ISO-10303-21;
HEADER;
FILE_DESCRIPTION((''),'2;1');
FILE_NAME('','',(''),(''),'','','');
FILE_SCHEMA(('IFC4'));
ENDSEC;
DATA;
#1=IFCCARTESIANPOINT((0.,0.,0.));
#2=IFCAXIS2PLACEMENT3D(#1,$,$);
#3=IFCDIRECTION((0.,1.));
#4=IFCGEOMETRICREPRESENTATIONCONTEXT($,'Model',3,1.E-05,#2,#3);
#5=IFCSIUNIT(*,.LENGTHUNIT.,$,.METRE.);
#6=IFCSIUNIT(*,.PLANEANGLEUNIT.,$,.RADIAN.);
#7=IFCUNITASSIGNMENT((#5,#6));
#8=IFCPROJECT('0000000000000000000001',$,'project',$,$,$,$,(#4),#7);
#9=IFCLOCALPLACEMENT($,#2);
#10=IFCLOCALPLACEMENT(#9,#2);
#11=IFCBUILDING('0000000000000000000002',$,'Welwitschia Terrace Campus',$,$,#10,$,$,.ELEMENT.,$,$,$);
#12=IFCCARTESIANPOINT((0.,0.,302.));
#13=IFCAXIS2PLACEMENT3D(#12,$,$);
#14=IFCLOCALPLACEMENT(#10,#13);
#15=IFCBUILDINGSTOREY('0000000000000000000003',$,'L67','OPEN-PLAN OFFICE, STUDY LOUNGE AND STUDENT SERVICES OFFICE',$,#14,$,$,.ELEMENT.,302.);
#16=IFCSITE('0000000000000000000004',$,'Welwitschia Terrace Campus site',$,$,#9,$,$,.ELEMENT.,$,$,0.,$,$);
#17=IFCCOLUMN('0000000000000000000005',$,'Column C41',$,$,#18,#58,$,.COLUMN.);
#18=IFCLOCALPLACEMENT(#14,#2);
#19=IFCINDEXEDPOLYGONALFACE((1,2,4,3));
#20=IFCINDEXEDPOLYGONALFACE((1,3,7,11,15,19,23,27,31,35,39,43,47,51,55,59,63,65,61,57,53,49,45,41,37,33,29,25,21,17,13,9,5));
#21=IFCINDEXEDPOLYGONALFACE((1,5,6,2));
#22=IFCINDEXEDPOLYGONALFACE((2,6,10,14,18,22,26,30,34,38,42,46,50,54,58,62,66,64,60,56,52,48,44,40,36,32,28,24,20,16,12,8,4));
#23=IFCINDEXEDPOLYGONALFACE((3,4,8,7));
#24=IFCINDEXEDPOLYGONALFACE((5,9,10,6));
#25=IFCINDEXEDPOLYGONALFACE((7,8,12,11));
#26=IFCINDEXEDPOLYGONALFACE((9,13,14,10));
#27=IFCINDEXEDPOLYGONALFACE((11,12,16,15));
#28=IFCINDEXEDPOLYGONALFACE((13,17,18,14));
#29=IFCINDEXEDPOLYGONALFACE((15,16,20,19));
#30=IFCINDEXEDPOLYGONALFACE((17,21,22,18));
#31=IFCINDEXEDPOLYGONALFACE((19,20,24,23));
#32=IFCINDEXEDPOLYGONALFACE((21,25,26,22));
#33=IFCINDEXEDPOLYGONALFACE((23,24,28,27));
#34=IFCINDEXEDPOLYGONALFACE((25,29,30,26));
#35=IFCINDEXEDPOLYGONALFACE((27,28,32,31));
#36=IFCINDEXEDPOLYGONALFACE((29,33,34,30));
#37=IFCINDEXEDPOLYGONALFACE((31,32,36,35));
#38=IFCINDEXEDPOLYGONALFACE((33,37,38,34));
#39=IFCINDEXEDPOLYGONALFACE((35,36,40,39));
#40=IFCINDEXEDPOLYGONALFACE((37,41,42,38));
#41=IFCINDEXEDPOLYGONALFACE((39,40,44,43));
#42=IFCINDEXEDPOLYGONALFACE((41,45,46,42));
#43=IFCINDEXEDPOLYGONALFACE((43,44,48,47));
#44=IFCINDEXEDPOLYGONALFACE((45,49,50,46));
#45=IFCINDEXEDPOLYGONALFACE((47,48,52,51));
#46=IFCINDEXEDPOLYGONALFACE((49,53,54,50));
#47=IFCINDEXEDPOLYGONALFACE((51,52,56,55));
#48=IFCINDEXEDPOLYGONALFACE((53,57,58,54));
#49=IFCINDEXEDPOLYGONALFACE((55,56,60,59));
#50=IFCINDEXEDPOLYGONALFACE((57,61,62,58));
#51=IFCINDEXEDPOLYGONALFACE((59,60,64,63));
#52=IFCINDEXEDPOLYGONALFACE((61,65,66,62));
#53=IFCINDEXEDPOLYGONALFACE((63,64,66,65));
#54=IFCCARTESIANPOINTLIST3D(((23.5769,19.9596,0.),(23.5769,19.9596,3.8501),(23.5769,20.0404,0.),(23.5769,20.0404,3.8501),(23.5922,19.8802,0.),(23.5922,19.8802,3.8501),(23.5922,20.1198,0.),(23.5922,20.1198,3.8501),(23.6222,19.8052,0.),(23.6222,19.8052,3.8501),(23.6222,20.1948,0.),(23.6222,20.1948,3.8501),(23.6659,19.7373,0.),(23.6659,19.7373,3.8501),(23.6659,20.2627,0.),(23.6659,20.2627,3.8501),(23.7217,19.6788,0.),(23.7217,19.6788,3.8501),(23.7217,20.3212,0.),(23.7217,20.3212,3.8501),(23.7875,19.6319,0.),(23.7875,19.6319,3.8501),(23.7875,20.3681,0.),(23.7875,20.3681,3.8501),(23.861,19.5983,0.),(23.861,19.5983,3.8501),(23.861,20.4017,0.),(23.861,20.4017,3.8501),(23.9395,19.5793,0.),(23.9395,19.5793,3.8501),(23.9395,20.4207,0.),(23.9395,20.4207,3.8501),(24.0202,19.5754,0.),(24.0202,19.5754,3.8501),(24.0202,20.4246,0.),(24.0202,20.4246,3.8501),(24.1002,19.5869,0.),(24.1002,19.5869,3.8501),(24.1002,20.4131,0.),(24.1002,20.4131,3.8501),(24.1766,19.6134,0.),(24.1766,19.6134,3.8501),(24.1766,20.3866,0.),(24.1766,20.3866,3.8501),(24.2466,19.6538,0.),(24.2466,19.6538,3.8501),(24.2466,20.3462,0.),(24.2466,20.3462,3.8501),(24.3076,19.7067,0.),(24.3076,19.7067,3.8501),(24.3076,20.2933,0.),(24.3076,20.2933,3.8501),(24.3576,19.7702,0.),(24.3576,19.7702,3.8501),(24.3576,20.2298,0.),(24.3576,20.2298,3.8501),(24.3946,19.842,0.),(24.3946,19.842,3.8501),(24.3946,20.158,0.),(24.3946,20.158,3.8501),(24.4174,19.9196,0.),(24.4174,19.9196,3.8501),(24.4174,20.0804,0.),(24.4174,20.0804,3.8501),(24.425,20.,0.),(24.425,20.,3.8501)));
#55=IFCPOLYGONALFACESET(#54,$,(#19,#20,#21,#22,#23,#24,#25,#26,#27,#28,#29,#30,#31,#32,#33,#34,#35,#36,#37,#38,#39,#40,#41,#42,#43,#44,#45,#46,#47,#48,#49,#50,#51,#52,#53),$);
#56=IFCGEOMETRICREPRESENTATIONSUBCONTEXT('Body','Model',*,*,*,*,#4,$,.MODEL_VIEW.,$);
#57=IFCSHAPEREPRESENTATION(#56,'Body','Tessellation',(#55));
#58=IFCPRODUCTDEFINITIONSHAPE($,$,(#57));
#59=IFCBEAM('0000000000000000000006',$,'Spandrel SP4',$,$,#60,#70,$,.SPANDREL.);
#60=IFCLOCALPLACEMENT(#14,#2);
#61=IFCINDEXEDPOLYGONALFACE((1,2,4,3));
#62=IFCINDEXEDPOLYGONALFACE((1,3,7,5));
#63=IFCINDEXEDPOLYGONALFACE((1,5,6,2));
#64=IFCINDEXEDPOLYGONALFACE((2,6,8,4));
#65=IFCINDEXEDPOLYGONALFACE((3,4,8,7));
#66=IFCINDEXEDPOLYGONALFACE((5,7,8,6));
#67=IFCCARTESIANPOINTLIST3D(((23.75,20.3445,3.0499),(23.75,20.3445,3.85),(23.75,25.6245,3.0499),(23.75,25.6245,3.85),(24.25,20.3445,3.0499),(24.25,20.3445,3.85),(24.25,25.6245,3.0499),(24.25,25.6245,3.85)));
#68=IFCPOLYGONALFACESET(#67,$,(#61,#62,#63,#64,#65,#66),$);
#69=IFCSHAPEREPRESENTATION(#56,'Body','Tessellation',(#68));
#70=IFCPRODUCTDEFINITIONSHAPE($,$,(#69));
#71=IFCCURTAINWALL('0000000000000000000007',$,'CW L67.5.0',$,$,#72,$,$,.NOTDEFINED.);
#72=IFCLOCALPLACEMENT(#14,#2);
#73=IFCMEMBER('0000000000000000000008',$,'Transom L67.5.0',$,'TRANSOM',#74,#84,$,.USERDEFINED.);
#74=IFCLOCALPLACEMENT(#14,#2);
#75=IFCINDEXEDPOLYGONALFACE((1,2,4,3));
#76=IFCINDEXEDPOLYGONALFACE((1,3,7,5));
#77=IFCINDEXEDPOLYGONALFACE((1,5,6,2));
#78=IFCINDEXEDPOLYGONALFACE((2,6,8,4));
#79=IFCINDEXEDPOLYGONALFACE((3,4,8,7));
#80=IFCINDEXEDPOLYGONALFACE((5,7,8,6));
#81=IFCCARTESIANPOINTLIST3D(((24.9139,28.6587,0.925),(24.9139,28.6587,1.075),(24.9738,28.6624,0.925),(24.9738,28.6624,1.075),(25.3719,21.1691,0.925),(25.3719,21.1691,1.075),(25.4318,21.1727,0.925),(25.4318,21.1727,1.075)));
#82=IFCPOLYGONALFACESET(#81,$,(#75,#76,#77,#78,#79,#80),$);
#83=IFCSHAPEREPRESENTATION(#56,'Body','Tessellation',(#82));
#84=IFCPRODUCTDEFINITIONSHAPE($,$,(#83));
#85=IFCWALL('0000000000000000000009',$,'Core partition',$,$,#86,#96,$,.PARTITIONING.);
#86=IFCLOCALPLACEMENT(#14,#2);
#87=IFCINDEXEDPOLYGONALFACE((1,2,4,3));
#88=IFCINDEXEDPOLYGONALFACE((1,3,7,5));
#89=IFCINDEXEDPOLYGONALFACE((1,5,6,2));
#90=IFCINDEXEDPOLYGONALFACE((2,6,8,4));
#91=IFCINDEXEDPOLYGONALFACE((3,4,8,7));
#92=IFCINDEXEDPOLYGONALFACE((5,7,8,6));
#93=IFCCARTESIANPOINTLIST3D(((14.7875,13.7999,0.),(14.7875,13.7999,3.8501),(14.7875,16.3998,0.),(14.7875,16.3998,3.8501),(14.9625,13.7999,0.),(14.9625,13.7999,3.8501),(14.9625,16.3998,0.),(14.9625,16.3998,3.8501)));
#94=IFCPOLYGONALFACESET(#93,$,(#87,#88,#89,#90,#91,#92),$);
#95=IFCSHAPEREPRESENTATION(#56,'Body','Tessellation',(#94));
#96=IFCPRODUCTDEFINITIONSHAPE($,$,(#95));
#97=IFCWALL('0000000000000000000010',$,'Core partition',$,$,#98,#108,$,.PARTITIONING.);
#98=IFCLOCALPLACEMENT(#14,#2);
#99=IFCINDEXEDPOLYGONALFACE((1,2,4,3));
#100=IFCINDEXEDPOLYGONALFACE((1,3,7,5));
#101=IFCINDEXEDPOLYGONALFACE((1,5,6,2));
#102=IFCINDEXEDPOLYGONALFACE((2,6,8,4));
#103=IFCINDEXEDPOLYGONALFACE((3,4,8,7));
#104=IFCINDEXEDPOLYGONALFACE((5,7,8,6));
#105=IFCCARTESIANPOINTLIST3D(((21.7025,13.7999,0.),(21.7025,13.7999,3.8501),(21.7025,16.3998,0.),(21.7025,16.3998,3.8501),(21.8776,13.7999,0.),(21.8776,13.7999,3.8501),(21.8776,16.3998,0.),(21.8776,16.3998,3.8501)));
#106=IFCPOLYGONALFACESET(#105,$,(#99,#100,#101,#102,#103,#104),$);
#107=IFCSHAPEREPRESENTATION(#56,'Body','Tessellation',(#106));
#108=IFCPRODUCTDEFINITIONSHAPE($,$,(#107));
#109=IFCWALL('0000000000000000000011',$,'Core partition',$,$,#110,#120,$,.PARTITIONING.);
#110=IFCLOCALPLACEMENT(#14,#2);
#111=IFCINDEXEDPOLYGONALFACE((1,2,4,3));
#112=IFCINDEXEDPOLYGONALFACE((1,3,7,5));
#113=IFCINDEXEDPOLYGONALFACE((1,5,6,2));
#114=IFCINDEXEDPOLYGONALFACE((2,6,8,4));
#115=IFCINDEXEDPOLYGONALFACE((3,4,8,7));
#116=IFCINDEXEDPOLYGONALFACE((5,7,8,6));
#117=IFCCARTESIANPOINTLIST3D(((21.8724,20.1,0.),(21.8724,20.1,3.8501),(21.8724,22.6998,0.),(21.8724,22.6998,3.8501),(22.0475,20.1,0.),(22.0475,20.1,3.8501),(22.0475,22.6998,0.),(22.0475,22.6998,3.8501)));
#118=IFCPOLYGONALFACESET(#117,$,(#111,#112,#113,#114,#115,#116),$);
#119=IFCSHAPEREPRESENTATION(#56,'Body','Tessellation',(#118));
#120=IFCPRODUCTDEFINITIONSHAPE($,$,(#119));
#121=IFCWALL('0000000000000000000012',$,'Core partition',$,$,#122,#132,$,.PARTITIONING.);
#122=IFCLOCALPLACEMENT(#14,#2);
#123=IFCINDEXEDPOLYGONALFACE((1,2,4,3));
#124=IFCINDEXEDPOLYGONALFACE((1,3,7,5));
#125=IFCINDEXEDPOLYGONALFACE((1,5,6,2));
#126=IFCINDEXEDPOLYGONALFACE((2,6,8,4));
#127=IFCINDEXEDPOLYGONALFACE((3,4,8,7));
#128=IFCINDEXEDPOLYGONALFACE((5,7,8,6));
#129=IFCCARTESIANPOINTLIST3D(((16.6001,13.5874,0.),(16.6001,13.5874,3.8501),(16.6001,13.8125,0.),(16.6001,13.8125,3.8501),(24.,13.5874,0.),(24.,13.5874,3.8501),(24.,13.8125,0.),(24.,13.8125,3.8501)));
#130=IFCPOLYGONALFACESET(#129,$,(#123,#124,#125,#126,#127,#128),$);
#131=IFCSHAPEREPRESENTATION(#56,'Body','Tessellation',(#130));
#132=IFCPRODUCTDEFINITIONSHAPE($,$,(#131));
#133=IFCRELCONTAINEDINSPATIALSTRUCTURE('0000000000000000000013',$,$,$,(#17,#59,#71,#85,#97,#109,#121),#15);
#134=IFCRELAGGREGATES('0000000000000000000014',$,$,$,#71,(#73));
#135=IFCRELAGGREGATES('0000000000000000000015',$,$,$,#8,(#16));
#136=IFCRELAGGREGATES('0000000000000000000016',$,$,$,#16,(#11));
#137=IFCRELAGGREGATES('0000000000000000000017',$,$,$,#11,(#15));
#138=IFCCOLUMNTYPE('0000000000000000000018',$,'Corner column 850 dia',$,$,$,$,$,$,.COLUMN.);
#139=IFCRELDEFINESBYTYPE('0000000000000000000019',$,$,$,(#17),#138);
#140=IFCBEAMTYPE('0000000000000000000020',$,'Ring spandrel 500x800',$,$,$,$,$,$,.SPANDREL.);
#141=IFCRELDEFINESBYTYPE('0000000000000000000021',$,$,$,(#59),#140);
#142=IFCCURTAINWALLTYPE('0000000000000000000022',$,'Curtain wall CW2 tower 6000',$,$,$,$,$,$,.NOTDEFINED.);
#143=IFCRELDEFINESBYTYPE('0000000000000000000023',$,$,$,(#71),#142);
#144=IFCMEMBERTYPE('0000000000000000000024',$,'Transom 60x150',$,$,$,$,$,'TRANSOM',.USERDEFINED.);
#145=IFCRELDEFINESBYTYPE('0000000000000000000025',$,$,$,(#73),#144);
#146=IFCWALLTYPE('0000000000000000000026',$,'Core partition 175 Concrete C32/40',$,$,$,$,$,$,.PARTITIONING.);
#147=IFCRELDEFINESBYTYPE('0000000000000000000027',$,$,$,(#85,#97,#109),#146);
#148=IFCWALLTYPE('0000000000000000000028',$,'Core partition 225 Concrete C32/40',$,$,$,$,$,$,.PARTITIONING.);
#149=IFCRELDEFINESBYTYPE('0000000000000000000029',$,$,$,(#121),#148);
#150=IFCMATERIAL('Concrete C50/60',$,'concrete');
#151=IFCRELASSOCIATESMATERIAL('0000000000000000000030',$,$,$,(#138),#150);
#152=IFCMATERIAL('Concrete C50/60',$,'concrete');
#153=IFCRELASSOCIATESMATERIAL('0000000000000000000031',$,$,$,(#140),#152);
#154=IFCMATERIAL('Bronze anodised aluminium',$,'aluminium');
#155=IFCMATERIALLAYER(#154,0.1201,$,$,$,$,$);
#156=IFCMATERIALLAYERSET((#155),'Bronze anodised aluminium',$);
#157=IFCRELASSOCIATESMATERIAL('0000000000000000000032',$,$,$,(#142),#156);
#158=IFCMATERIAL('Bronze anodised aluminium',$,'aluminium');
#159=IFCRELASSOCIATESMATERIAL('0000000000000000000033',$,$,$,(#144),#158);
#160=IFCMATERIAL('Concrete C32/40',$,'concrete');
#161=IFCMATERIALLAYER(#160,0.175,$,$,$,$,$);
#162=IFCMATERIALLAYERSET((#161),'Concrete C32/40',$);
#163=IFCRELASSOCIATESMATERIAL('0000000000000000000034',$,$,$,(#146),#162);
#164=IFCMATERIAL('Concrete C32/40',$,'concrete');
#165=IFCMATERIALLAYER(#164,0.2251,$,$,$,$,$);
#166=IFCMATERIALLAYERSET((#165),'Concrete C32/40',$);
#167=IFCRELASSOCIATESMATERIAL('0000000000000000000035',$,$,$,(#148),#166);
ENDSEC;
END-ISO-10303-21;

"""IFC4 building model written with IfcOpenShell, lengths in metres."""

from ifc_helpers import new_model, si_unit, direction, frame, frame_2d, origin, origin_2d, place, context, subcontext, project, spatial, rectangle, circle, extrude, material, layer, layer_set, material_profile, profile_set, type_object, element, aggregate, save


model = new_model("IFC4")

# Units and contexts
model_context = context("Model", 3, precision=1e-05, world=origin(), true_north=direction((0.0, 1.0)))
body_context = subcontext(model_context, "Body", "Model", "MODEL_VIEW")
ifc_project = project(units=[si_unit("LENGTHUNIT", "METRE"), si_unit("PLANEANGLEUNIT", "RADIAN")], contexts=[model_context])

# Site, building, storey
site_placement = place(None, origin())
site = spatial("IfcSite", under=ifc_project, at=site_placement, Name="Welwitschia Terrace Campus site", CompositionType="ELEMENT", RefElevation=0.0)
building_placement = place(site_placement, origin())
building = spatial("IfcBuilding", under=site, at=building_placement, Name="Welwitschia Terrace Campus", CompositionType="ELEMENT")
storey_placement = place(building_placement, frame((0.0, 0.0, 302.0)))
storey = spatial("IfcBuildingStorey", under=building, at=storey_placement, Name="L67", Description="OPEN-PLAN OFFICE, STUDY LOUNGE AND STUDENT SERVICES OFFICE", CompositionType="ELEMENT", Elevation=302.0)

# Column
ifc_material_1 = material(Name="Concrete C50/60", Category="concrete")
ifc_material_profile_1 = material_profile(ifc_material_1, circle(Radius=0.425, at=origin_2d()))
ifc_profile_set_1 = profile_set([ifc_material_profile_1], Name="Concrete C50/60")
column_type = type_object("IfcColumnType", Name="Corner column 850 dia", PredefinedType="COLUMN", material=ifc_profile_set_1)
column_placement = place(storey_placement, frame((24.0, 20.0, 0.0), z_axis=(0.0, 0.0, 1.0), x_axis=(1.0, 0.0, 0.0)))
element("IfcColumn", 1, at=column_placement, inside=storey, type_object=column_type, Name="Column C41", PredefinedType="COLUMN", context=body_context, shape_type="SweptSolid", body=[
    extrude(circle(Radius=0.425, at=origin_2d()), origin(), (0.0, 0.0, 1.0), 3.8501),
])

# Beam
ifc_material_2 = material(Name="Concrete C50/60", Category="concrete")
ifc_material_profile_2 = material_profile(ifc_material_2, rectangle(XDim=0.5, YDim=0.8, at=origin_2d()))
ifc_profile_set_2 = profile_set([ifc_material_profile_2], Name="Concrete C50/60")
beam_type = type_object("IfcBeamType", Name="Ring spandrel 500x800", PredefinedType="SPANDREL", material=ifc_profile_set_2)
beam_placement = place(storey_placement, frame((24.0, 20.3445, 3.45), z_axis=(0.0, 1.0, 0.0), x_axis=(-1.0, 0.0, 0.0)))
element("IfcBeam", 2, at=beam_placement, inside=storey, type_object=beam_type, Name="Spandrel SP4", PredefinedType="SPANDREL", context=body_context, shape_type="SweptSolid", body=[
    extrude(rectangle(XDim=0.5, YDim=0.8, at=origin_2d()), origin(), (0.0, 0.0, 1.0), 5.28),
])

# Curtain wall, member
ifc_material_3 = material(Name="Bronze anodised aluminium", Category="aluminium")
ifc_layer_1 = layer(ifc_material_3, 0.1201)
ifc_layer_set_1 = layer_set([ifc_layer_1], Name="Bronze anodised aluminium")
curtain_wall_type = type_object("IfcCurtainWallType", Name="Curtain wall CW2 tower 6000", PredefinedType="NOTDEFINED", material=ifc_layer_set_1)
curtain_wall_placement = place(storey_placement, origin())
curtain_wall = element("IfcCurtainWall", 3, at=curtain_wall_placement, inside=storey, type_object=curtain_wall_type, Name="CW L67.5.0", PredefinedType="NOTDEFINED")
ifc_material_4 = material(Name="Bronze anodised aluminium", Category="aluminium")
ifc_material_profile_3 = material_profile(ifc_material_4, rectangle(XDim=0.0601, YDim=0.1499, at=origin_2d()))
ifc_profile_set_3 = profile_set([ifc_material_profile_3], Name="Bronze anodised aluminium")
member_type = type_object("IfcMemberType", Name="Transom 60x150", ElementType="TRANSOM", PredefinedType="USERDEFINED", material=ifc_profile_set_3)
member_placement = place(storey_placement, frame((25.4019, 21.1709, 1.0), z_axis=(-0.061037, 0.998135, 0.0), x_axis=(-0.998135, -0.061037, 0.0)))
member = element("IfcMember", 4, at=member_placement, type_object=member_type, Name="Transom L67.5.0", ObjectType="TRANSOM", PredefinedType="USERDEFINED", context=body_context, shape_type="SweptSolid", body=[
    extrude(rectangle(XDim=0.0601, YDim=0.1499, at=origin_2d()), origin(), (0.0, 0.0, 1.0), 7.5037),
])
aggregate(curtain_wall, [member])

# Walls
ifc_material_5 = material(Name="Concrete C32/40", Category="concrete")
ifc_layer_2 = layer(ifc_material_5, 0.175)
ifc_layer_set_2 = layer_set([ifc_layer_2], Name="Concrete C32/40")
wall_type_1 = type_object("IfcWallType", Name="Core partition 175 Concrete C32/40", PredefinedType="PARTITIONING", material=ifc_layer_set_2)
for number, where, z_axis, x_axis, name in (
    (5, (14.875, 13.8, 0.0), (0.0, 0.0, 1.0), (0.0, 1.0, 0.0), "Core partition"),
    (6, (21.79, 13.8, 0.0), (0.0, 0.0, 1.0), (0.0, 1.0, 0.0), "Core partition"),
    (7, (21.96, 20.1001, 0.0), (0.0, 0.0, 1.0), (0.0, 1.0, 0.0), "Core partition"),
):
    element("IfcWall", number, at=place(storey_placement, frame(where, z_axis=z_axis, x_axis=x_axis)), inside=storey, type_object=wall_type_1, Name=name, PredefinedType="PARTITIONING", context=body_context, shape_type="SweptSolid", body=[
        extrude(rectangle(XDim=2.5999, YDim=0.175, at=frame_2d((1.2998, 0.0))), origin(), (0.0, 0.0, 1.0), 3.8501),
    ])
ifc_material_6 = material(Name="Concrete C32/40", Category="concrete")
ifc_layer_3 = layer(ifc_material_6, 0.2251)
ifc_layer_set_3 = layer_set([ifc_layer_3], Name="Concrete C32/40")
wall_type_2 = type_object("IfcWallType", Name="Core partition 225 Concrete C32/40", PredefinedType="PARTITIONING", material=ifc_layer_set_3)
wall_1_placement = place(storey_placement, frame((16.6001, 13.7, 0.0), z_axis=(0.0, 0.0, 1.0), x_axis=(1.0, 0.0, 0.0)))
element("IfcWall", 8, at=wall_1_placement, inside=storey, type_object=wall_type_2, Name="Core partition", PredefinedType="PARTITIONING", context=body_context, shape_type="SweptSolid", body=[
    extrude(rectangle(XDim=7.3999, YDim=0.2251, at=frame_2d((3.7, 0.0))), origin(), (0.0, 0.0, 1.0), 3.8501),
])

save(model, "model.ifc")
